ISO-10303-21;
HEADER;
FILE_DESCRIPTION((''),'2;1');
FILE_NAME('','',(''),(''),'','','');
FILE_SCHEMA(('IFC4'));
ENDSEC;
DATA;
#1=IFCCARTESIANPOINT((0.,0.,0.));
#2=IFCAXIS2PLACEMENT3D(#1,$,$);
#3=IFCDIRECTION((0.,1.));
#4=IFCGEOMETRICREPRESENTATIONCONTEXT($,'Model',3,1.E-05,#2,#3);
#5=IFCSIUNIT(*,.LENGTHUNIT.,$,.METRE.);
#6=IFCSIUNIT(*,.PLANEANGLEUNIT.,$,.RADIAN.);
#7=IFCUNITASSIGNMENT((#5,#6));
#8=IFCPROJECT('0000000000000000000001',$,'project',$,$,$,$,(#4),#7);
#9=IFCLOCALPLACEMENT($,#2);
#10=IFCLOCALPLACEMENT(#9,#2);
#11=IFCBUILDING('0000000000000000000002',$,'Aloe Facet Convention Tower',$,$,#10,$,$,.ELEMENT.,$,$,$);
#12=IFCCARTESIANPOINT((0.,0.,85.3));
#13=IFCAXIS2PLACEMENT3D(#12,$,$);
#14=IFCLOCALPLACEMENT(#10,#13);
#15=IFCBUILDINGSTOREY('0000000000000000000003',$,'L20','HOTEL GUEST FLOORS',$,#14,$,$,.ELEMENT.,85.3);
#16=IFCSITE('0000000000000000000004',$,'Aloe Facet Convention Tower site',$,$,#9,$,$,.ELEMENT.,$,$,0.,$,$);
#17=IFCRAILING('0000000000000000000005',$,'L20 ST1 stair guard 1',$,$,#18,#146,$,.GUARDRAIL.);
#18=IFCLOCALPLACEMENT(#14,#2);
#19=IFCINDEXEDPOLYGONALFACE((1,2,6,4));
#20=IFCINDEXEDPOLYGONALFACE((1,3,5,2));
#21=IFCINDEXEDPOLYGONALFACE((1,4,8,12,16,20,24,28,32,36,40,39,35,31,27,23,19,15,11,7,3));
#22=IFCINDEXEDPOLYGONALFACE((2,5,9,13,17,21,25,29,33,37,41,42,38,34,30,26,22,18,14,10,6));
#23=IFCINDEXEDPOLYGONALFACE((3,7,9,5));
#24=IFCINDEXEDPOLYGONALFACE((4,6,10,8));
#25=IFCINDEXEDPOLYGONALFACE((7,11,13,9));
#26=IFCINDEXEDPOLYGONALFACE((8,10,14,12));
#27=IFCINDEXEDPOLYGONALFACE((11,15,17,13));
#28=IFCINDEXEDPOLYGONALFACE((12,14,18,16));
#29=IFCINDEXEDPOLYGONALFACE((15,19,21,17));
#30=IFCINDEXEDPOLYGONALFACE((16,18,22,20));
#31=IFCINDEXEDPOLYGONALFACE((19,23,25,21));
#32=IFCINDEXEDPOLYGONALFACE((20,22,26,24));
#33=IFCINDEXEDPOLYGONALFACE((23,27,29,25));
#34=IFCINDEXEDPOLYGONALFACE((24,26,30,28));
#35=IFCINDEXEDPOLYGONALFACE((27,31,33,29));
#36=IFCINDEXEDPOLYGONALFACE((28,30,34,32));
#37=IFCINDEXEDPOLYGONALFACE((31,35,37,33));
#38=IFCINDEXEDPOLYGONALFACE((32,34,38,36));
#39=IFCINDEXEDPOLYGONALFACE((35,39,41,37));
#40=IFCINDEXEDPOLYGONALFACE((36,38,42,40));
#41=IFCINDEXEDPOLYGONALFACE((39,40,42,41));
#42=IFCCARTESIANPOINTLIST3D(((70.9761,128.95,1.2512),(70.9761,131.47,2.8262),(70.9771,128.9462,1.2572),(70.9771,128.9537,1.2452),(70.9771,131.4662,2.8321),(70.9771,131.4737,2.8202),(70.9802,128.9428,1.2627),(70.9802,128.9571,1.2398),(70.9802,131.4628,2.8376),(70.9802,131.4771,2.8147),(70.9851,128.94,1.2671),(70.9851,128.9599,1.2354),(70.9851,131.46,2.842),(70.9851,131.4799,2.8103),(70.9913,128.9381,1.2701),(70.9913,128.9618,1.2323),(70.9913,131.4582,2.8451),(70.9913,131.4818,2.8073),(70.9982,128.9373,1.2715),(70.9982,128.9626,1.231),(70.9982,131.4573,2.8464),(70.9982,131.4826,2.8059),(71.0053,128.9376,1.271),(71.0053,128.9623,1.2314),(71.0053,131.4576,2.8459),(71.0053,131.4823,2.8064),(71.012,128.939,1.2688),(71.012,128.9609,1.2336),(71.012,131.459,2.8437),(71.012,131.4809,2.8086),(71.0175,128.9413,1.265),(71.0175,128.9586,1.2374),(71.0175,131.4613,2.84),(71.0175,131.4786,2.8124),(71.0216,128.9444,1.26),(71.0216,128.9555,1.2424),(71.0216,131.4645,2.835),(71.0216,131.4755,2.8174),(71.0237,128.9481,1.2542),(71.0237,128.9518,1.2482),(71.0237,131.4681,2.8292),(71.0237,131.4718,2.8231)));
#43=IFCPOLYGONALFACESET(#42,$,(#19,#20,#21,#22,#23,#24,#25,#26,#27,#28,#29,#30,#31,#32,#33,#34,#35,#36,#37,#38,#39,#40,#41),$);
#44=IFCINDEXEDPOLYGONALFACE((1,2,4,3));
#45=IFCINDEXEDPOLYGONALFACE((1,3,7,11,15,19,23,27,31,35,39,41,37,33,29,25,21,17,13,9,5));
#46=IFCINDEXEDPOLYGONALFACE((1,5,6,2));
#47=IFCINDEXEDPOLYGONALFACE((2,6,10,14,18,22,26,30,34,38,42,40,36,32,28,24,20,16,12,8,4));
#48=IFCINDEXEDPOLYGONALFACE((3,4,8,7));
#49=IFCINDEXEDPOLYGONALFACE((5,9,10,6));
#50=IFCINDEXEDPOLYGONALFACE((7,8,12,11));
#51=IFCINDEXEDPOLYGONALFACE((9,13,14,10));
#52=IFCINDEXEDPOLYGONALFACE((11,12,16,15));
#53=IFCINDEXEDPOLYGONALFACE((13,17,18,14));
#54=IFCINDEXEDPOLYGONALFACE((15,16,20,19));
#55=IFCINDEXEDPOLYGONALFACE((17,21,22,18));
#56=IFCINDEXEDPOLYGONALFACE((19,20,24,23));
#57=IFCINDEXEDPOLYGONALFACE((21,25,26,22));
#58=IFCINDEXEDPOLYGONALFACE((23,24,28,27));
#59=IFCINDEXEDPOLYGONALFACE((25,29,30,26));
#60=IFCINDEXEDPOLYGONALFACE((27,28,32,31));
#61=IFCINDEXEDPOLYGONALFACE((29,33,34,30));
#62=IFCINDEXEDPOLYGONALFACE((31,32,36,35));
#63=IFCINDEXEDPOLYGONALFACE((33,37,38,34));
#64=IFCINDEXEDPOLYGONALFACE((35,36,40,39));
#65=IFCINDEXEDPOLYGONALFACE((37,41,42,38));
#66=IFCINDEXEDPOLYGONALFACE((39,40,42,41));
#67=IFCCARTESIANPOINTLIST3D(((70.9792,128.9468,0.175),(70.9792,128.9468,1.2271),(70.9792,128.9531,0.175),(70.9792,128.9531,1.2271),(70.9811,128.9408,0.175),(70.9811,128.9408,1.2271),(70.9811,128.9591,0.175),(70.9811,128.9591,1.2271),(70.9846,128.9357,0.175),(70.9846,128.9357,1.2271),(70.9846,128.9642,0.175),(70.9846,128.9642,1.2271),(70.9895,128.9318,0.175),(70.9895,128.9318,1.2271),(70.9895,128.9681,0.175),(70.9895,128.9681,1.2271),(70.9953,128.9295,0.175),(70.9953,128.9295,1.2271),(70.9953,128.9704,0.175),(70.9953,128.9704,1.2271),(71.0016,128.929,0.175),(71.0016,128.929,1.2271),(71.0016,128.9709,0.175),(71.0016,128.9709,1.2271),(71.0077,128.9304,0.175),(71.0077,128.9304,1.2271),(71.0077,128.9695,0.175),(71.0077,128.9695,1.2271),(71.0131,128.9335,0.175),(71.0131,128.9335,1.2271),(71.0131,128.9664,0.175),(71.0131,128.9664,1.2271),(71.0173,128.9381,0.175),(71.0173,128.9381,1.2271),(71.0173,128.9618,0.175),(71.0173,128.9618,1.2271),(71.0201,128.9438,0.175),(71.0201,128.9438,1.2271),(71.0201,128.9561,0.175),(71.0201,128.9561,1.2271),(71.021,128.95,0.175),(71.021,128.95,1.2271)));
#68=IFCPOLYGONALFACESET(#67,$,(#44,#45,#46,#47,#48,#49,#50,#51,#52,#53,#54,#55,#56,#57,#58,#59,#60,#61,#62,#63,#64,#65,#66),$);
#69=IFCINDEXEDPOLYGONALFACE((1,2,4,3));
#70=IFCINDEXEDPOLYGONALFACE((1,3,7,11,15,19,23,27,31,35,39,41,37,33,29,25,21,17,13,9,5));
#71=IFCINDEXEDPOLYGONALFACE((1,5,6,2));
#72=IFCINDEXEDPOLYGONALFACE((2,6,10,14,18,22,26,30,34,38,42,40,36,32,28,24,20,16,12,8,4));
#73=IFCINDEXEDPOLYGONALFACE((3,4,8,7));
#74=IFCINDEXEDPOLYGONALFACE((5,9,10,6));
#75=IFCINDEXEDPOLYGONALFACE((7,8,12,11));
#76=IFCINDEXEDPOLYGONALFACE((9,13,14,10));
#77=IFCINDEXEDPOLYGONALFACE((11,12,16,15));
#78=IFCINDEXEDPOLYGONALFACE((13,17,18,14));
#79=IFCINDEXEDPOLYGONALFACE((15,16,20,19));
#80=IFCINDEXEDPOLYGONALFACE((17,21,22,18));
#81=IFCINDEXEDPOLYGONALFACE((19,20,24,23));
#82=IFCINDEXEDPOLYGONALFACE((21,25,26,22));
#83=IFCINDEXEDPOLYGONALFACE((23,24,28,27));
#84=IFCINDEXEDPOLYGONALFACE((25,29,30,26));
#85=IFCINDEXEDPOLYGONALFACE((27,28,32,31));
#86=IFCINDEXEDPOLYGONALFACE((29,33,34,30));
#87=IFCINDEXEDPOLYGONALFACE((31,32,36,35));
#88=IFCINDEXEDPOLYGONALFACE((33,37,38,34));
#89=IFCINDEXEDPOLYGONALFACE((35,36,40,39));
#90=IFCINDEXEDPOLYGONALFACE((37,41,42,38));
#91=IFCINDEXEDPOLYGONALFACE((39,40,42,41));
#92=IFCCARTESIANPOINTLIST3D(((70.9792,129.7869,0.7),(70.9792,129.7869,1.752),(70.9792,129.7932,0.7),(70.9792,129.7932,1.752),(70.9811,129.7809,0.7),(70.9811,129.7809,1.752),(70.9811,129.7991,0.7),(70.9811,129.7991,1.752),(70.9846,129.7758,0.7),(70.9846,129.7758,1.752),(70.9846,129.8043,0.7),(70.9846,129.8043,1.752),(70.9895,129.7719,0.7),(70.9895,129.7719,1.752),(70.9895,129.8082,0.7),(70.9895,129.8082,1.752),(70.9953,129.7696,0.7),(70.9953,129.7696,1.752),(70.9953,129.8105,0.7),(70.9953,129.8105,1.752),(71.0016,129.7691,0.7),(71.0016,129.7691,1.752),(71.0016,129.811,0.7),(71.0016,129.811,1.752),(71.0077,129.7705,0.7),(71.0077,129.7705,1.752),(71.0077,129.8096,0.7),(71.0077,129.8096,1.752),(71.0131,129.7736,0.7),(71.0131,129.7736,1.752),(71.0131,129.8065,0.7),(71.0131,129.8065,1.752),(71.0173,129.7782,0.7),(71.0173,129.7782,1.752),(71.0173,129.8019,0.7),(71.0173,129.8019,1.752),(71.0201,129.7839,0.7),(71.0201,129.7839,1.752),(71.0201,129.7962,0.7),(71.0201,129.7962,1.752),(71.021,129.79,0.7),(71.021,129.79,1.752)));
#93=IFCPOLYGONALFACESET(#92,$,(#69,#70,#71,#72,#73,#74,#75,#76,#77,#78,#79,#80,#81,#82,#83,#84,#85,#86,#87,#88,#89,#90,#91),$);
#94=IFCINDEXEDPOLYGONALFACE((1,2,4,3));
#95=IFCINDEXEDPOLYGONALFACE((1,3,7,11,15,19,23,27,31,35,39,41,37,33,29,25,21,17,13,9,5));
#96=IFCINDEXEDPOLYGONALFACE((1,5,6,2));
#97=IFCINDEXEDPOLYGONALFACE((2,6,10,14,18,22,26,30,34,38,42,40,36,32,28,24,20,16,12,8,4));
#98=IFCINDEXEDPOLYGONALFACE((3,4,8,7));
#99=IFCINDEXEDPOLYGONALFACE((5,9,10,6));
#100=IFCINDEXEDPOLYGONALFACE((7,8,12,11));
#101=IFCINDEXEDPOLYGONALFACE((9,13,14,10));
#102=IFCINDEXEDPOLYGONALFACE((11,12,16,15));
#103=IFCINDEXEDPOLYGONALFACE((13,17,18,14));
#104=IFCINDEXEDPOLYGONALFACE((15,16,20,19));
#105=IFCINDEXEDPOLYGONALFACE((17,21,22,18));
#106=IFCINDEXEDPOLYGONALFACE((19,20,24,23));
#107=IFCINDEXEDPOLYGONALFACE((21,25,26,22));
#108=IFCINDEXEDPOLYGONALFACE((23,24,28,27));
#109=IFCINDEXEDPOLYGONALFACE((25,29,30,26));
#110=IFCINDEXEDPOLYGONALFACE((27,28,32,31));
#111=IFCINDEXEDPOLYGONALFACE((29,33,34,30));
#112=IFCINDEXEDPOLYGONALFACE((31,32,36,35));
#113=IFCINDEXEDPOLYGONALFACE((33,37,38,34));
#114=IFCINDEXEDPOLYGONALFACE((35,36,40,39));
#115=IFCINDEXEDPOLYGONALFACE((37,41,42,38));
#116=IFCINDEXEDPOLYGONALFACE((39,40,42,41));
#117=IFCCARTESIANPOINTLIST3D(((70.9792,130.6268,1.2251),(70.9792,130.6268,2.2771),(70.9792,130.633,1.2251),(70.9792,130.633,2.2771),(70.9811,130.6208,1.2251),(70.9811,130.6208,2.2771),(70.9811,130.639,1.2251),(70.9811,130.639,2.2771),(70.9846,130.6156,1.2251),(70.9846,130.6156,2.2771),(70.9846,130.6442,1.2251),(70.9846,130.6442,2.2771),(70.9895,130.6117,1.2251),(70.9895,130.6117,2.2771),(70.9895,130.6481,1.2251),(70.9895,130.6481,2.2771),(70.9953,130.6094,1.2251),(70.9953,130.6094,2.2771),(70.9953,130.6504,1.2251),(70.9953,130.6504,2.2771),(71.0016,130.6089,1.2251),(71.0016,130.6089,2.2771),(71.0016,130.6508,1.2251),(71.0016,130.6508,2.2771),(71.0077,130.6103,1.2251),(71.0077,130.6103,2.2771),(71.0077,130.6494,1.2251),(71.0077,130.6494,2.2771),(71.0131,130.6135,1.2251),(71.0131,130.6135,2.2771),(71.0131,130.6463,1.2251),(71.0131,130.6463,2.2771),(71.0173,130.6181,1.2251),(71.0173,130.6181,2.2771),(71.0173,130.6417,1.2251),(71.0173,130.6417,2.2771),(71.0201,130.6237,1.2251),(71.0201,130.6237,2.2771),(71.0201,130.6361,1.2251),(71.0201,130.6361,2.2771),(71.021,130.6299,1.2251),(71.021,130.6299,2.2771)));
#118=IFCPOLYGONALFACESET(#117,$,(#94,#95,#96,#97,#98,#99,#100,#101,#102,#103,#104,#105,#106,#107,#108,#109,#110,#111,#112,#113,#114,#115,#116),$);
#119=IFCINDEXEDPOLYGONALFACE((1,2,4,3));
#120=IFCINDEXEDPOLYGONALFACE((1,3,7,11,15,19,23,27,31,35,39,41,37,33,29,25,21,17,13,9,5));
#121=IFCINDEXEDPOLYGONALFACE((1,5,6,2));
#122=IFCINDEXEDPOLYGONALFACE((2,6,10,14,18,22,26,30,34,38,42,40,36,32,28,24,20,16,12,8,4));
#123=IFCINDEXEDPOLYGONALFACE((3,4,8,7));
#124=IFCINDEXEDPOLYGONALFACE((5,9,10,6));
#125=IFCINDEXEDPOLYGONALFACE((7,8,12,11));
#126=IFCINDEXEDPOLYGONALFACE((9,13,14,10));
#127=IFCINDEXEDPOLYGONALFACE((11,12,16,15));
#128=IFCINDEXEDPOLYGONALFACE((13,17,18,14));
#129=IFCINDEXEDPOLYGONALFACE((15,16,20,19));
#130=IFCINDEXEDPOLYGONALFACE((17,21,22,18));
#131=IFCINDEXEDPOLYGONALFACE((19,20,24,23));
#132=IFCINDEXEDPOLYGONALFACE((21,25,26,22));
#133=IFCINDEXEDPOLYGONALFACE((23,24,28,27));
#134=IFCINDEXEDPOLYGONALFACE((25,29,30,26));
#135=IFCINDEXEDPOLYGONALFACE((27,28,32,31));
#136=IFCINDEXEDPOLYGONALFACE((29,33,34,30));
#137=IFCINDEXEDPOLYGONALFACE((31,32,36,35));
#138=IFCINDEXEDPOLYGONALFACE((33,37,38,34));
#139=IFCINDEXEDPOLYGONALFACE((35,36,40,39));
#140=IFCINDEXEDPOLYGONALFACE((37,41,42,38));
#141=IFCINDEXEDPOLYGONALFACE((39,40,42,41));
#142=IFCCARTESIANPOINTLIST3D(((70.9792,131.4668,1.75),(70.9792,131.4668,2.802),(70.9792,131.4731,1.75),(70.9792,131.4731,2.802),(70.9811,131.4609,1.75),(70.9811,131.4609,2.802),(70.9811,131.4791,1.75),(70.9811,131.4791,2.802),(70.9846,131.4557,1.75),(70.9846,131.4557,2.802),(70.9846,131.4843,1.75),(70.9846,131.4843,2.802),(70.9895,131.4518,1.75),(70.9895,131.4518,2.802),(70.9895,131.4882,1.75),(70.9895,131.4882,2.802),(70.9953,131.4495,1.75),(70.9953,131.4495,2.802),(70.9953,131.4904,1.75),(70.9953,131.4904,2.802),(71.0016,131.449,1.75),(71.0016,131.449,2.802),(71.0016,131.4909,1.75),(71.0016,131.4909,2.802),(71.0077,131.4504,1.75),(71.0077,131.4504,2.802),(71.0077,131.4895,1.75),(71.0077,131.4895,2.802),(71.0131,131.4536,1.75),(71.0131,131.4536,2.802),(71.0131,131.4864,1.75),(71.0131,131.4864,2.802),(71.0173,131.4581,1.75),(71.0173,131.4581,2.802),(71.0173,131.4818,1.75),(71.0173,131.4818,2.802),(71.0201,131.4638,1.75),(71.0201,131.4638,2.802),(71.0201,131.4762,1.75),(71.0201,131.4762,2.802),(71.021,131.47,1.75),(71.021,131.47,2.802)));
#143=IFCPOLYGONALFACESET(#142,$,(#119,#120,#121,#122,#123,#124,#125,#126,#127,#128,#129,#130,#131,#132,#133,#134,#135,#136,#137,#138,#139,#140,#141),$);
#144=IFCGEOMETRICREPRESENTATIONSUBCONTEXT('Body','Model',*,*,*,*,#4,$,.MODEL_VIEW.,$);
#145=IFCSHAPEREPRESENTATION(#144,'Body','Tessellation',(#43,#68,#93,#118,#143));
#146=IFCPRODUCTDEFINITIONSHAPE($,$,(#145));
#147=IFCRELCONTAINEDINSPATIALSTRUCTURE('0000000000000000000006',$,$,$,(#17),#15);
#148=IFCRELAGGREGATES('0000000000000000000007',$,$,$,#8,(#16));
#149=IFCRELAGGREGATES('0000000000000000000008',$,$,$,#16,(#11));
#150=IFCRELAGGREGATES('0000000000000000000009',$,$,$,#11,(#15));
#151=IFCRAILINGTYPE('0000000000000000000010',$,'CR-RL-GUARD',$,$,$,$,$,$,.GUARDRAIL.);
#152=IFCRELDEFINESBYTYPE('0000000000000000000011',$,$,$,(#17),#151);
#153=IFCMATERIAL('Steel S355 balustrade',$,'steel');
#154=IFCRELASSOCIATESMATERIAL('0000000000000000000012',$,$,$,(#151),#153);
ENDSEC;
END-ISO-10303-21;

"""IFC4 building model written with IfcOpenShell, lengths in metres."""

from ifc_helpers import new_model, si_unit, direction, frame, origin, origin_2d, place, context, subcontext, project, spatial, circle, extrude, material, type_object, element, save


model = new_model("IFC4")

# Units and contexts
model_context = context("Model", 3, precision=1e-05, world=origin(), true_north=direction((0.0, 1.0)))
body_context = subcontext(model_context, "Body", "Model", "MODEL_VIEW")
ifc_project = project(units=[si_unit("LENGTHUNIT", "METRE"), si_unit("PLANEANGLEUNIT", "RADIAN")], contexts=[model_context])

# Site, building, storey
site_placement = place(None, origin())
site = spatial("IfcSite", under=ifc_project, at=site_placement, Name="Aloe Facet Convention Tower site", CompositionType="ELEMENT", RefElevation=0.0)
building_placement = place(site_placement, origin())
building = spatial("IfcBuilding", under=site, at=building_placement, Name="Aloe Facet Convention Tower", CompositionType="ELEMENT")
storey_placement = place(building_placement, frame((0.0, 0.0, 85.3)))
storey = spatial("IfcBuildingStorey", under=building, at=storey_placement, Name="L20", Description="HOTEL GUEST FLOORS", CompositionType="ELEMENT", Elevation=85.3)

# Railing
ifc_material_1 = material(Name="Steel S355 balustrade", Category="steel")
railing_type_1 = type_object("IfcRailingType", Name="CR-RL-GUARD", PredefinedType="GUARDRAIL", material=ifc_material_1)
railing_1_placement = place(storey_placement, frame((71.0, 128.95, 0.175)))
element("IfcRailing", 1, at=railing_1_placement, inside=storey, type_object=railing_type_1, Name="L20 ST1 stair guard 1", PredefinedType="GUARDRAIL", context=body_context, shape_type="SweptSolid", body=[
    extrude(circle(Radius=0.0239, at=origin_2d()), frame((0.0, 0.0, 1.0762), z_axis=(0.0, 0.848008, 0.529984), x_axis=(-1.0, 0.0, 0.0)), (0.0, 0.0, 1.0), 2.9717),
    extrude(circle(Radius=0.021, at=origin_2d()), origin(), (0.0, 0.0, 1.0), 1.052),
    extrude(circle(Radius=0.021, at=origin_2d()), frame((0.0, 0.8401, 0.5249)), (0.0, 0.0, 1.0), 1.052),
    extrude(circle(Radius=0.021, at=origin_2d()), frame((0.0, 1.6799, 1.05)), (0.0, 0.0, 1.0), 1.052),
    extrude(circle(Radius=0.021, at=origin_2d()), frame((0.0, 2.52, 1.575)), (0.0, 0.0, 1.0), 1.052),
])

save(model, "model.ifc")
